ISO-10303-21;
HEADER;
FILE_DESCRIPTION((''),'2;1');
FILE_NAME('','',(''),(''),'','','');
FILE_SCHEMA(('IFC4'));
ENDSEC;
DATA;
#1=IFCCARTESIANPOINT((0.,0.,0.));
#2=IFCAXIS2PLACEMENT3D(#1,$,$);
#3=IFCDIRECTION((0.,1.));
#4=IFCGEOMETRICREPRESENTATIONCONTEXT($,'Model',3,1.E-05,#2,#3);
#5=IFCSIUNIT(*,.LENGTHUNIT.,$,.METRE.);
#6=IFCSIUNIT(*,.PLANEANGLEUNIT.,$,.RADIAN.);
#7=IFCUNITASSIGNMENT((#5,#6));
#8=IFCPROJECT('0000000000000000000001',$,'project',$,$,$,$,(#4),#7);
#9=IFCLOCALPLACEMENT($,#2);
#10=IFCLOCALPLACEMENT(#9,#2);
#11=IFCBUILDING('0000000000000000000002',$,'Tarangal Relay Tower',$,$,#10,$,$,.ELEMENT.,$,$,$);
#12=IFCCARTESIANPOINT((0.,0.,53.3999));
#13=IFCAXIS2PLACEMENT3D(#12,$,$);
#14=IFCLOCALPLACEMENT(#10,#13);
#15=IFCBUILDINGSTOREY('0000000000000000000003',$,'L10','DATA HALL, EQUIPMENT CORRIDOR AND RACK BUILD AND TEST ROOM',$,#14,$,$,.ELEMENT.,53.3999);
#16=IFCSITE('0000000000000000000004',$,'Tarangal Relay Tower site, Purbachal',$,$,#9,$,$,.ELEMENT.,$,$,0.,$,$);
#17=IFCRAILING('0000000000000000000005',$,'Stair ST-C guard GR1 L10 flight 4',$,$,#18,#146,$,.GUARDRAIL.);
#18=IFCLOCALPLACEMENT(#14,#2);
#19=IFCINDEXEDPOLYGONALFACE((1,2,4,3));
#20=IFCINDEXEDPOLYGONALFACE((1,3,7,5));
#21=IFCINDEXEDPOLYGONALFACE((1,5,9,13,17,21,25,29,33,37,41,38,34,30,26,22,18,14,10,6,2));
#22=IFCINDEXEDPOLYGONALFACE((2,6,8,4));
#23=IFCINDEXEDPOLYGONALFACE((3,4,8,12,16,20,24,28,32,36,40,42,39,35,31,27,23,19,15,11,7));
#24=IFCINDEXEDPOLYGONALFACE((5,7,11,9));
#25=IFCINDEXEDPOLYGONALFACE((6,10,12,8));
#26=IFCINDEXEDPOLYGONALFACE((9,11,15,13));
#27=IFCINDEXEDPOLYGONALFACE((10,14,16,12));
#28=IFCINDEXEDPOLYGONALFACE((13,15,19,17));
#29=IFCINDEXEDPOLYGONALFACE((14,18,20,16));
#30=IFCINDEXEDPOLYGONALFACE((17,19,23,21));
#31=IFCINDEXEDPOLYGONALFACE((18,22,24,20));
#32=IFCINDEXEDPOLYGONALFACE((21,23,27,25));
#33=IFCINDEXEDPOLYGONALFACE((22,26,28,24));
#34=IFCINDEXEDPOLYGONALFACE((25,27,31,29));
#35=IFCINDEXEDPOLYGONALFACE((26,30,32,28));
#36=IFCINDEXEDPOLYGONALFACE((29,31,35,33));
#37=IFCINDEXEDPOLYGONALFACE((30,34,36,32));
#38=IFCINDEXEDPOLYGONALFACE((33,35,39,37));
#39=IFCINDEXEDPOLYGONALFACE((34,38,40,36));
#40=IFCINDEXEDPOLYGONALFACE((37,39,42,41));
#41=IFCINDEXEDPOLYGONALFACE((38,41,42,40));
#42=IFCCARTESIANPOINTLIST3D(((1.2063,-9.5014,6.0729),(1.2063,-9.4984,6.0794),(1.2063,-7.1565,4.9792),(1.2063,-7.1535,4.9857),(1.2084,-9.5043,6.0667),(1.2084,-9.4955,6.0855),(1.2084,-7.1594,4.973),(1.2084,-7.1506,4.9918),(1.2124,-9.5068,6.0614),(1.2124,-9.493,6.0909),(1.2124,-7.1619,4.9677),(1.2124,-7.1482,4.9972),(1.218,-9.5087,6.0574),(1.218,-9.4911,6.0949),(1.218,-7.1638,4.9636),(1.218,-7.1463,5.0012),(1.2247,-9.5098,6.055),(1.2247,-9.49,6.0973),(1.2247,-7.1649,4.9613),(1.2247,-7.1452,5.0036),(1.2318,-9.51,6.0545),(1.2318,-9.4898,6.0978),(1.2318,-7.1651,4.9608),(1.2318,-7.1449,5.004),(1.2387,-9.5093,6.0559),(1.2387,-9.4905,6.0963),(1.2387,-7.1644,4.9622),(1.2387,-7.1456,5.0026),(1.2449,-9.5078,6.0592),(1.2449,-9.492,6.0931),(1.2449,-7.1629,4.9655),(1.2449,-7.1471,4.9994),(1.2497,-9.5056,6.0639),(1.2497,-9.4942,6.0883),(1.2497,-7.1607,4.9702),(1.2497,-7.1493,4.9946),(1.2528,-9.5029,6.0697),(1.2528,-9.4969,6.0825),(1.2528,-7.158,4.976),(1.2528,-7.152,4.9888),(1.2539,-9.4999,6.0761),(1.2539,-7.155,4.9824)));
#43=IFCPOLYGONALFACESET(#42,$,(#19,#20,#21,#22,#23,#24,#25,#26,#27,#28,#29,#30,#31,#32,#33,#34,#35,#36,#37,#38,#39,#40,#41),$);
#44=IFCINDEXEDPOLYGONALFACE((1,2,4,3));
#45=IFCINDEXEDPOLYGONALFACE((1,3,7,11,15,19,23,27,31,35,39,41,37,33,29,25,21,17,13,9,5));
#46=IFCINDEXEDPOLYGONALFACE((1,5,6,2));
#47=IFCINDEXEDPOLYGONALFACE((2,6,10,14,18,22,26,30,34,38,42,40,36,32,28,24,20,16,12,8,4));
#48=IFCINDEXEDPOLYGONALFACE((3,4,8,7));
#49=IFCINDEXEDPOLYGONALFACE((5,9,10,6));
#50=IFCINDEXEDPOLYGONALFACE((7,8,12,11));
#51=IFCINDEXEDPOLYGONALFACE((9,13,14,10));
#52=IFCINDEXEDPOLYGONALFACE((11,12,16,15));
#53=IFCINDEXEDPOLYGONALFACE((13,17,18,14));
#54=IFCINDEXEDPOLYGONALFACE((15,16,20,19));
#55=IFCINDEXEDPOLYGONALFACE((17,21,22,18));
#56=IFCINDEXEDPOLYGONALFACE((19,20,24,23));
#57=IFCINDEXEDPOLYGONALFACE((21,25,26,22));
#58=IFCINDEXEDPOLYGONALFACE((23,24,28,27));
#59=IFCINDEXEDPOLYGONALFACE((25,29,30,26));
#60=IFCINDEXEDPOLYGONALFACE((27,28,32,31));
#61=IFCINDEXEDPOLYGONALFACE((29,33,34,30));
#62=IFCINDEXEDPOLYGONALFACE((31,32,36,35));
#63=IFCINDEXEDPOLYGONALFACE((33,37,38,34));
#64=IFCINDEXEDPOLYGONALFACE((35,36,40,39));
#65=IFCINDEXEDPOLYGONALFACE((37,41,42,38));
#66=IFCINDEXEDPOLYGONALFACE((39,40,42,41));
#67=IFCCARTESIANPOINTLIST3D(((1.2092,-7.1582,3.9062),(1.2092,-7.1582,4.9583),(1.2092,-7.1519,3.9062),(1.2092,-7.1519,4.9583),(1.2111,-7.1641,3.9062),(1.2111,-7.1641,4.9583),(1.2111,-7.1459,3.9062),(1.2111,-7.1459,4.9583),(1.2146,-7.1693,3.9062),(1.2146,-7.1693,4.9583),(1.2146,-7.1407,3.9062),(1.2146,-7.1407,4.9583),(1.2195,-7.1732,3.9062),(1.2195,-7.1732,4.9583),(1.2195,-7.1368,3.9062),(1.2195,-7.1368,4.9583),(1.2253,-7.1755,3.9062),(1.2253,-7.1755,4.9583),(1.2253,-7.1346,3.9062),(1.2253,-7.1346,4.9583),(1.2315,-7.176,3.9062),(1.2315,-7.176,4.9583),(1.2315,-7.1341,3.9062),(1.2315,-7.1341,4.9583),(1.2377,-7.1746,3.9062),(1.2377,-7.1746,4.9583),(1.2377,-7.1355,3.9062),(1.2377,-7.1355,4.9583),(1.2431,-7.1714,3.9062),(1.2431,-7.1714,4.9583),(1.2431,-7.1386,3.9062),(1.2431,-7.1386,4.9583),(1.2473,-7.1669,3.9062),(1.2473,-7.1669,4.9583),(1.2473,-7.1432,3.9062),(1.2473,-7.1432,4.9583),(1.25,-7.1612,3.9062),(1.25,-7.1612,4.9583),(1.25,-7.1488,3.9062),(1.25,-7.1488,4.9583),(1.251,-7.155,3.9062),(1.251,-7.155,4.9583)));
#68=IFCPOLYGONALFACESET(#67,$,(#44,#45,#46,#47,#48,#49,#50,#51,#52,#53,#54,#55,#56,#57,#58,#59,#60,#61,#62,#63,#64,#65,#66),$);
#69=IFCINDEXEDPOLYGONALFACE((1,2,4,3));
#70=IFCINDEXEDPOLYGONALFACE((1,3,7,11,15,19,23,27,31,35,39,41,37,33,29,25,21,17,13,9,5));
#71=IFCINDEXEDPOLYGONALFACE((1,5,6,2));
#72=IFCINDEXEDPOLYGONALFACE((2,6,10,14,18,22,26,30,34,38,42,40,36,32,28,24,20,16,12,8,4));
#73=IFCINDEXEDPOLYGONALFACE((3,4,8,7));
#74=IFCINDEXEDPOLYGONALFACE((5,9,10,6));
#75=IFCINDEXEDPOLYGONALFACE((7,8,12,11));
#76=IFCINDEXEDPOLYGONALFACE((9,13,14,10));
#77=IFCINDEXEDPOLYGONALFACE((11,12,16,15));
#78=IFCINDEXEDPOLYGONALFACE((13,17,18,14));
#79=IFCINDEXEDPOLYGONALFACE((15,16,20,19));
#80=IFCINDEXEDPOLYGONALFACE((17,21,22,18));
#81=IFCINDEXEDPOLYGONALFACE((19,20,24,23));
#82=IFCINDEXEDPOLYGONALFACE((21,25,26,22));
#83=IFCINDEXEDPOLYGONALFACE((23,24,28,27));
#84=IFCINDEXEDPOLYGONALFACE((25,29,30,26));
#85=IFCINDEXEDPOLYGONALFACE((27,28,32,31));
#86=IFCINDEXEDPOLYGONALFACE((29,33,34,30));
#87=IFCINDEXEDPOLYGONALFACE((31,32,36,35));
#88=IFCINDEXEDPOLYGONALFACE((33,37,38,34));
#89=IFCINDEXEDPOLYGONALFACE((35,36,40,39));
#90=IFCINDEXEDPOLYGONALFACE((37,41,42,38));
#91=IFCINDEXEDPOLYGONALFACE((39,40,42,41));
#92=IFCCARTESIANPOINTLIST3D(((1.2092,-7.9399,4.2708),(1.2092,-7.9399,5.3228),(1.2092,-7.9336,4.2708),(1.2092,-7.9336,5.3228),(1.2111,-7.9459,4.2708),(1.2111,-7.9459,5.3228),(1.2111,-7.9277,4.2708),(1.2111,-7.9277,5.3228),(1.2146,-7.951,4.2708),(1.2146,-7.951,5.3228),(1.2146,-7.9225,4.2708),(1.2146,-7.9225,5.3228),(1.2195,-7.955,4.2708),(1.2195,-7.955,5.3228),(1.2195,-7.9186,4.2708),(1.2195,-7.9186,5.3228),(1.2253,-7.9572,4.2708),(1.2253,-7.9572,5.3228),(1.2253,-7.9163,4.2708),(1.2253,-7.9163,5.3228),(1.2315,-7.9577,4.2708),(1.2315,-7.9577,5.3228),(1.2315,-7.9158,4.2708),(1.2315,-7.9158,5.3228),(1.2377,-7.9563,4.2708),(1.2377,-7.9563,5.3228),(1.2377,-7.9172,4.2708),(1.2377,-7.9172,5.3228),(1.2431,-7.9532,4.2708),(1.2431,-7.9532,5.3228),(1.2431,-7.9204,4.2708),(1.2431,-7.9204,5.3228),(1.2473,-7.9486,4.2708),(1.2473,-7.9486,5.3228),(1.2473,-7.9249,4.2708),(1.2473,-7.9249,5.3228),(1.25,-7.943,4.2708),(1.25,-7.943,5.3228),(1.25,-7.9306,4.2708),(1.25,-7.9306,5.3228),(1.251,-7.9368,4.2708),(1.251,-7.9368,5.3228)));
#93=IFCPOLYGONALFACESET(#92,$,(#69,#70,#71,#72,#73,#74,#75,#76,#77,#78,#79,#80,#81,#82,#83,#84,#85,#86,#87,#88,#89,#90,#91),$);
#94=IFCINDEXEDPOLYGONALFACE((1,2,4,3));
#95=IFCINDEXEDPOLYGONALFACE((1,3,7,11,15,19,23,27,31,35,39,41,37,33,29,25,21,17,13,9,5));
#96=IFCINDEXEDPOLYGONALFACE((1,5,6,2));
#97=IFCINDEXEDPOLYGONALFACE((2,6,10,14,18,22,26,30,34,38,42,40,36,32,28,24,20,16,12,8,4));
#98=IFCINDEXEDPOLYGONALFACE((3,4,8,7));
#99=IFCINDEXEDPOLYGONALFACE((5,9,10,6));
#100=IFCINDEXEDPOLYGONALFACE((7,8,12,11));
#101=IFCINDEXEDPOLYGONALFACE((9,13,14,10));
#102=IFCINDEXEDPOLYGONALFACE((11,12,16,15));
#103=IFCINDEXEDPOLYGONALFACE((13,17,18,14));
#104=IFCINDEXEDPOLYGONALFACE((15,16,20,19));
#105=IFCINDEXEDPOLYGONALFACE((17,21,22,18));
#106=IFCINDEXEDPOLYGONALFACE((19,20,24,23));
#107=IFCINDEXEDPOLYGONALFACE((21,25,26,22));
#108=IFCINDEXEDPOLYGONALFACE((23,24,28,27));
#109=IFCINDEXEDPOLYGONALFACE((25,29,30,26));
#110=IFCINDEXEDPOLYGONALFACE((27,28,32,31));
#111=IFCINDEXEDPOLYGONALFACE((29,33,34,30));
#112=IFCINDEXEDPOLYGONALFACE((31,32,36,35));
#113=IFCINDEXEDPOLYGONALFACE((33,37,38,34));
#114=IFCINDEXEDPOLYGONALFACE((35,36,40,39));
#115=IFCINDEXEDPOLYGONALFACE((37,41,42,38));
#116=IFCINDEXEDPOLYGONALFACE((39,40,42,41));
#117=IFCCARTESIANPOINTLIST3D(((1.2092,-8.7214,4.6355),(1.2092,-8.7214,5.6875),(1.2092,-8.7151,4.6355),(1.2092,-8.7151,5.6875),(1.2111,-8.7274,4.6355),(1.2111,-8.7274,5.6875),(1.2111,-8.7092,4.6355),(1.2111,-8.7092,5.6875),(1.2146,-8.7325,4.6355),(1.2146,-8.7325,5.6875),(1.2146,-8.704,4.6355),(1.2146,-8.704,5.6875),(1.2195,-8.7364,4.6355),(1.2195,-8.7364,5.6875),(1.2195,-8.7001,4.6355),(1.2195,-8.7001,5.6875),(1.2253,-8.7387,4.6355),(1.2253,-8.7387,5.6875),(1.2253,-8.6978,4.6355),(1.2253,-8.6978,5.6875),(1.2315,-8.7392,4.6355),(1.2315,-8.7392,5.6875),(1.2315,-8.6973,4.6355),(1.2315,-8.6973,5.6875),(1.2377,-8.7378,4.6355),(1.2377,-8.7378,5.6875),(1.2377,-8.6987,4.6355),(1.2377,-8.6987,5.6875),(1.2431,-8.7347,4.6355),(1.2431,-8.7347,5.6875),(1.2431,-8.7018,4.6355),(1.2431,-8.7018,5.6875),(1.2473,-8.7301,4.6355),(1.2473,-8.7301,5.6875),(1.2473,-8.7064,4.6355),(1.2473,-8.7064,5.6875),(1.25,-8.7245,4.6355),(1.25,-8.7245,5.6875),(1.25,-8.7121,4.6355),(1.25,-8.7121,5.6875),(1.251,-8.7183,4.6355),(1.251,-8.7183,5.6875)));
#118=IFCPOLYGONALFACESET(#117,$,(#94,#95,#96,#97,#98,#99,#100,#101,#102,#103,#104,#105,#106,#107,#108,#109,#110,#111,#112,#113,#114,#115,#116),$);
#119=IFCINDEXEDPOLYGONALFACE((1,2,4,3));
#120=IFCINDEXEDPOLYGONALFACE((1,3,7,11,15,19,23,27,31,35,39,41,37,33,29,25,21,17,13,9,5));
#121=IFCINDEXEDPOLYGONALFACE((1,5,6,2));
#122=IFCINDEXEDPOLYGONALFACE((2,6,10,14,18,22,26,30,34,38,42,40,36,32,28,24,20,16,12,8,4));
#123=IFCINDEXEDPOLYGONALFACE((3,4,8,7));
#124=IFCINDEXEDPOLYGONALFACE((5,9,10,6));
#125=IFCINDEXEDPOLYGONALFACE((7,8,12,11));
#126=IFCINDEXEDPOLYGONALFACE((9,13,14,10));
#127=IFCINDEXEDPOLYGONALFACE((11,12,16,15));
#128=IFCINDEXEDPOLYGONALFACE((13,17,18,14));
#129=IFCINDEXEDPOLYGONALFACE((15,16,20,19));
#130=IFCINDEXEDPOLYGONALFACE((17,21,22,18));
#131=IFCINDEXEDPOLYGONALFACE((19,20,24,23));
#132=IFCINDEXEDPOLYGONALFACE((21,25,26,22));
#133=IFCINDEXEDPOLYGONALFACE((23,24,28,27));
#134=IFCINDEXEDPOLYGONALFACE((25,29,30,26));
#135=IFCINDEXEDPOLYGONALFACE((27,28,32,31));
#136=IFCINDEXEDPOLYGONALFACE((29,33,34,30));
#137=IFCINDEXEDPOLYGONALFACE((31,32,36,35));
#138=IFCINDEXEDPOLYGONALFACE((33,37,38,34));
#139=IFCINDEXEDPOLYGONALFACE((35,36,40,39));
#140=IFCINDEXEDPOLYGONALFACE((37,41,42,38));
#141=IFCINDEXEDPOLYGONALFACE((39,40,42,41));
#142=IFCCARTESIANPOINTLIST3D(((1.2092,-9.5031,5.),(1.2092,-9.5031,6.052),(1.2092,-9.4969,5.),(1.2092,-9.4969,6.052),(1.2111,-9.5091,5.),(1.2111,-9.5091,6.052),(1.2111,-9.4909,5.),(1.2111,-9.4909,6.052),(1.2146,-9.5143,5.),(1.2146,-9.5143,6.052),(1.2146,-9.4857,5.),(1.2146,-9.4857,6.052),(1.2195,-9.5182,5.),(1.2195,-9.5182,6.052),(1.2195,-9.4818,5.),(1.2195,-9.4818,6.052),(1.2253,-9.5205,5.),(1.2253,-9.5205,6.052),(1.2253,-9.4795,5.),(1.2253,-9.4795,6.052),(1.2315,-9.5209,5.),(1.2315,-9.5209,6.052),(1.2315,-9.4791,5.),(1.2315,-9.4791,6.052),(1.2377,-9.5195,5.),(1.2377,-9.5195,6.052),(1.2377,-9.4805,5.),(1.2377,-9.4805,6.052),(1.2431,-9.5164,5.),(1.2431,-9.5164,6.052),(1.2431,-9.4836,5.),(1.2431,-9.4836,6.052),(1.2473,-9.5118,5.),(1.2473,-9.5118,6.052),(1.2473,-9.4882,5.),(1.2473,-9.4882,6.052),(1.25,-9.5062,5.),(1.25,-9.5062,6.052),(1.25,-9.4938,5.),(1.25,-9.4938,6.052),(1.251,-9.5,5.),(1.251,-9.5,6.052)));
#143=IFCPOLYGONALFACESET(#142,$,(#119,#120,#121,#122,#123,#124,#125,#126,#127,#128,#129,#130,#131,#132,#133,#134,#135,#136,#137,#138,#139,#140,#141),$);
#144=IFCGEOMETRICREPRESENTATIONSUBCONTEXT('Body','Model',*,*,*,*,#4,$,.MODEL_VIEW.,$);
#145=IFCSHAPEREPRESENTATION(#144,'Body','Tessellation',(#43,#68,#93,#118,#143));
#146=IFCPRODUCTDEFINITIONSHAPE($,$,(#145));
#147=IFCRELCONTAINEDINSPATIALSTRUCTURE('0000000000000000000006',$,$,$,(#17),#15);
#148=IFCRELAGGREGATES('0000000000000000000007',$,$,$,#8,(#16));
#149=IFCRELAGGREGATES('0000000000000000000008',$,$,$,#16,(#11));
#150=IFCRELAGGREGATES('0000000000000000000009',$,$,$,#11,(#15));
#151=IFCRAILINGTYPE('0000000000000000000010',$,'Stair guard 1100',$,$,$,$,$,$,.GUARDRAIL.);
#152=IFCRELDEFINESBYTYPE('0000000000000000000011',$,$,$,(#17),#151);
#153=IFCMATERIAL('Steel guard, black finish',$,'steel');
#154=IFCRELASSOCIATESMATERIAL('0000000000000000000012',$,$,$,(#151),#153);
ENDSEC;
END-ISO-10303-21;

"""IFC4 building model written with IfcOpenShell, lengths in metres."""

from ifc_helpers import new_model, si_unit, direction, frame, origin, origin_2d, place, context, subcontext, project, spatial, circle, extrude, material, type_object, element, save


model = new_model("IFC4")

# Units and contexts
model_context = context("Model", 3, precision=1e-05, world=origin(), true_north=direction((0.0, 1.0)))
body_context = subcontext(model_context, "Body", "Model", "MODEL_VIEW")
ifc_project = project(units=[si_unit("LENGTHUNIT", "METRE"), si_unit("PLANEANGLEUNIT", "RADIAN")], contexts=[model_context])

# Site, building, storey
site_placement = place(None, origin())
site = spatial("IfcSite", under=ifc_project, at=site_placement, Name="Tarangal Relay Tower site, Purbachal", CompositionType="ELEMENT", RefElevation=0.0)
building_placement = place(site_placement, origin())
building = spatial("IfcBuilding", under=site, at=building_placement, Name="Tarangal Relay Tower", CompositionType="ELEMENT")
storey_placement = place(building_placement, frame((0.0, 0.0, 53.3999)))
storey = spatial("IfcBuildingStorey", under=building, at=storey_placement, Name="L10", Description="DATA HALL, EQUIPMENT CORRIDOR AND RACK BUILD AND TEST ROOM", CompositionType="ELEMENT", Elevation=53.3999)

# Railing
ifc_material_1 = material(Name="Steel guard, black finish", Category="steel")
railing_type_1 = type_object("IfcRailingType", Name="Stair guard 1100", PredefinedType="GUARDRAIL", material=ifc_material_1)
for number, where, name in (
    (1, (1.23, -7.155, 3.9062), "Stair ST-C guard GR1 L10 flight 4"),
):
    element("IfcRailing", number, at=place(storey_placement, frame(where)), inside=storey, type_object=railing_type_1, Name=name, PredefinedType="GUARDRAIL", context=body_context, shape_type="SweptSolid", body=[
        extrude(circle(Radius=0.0239, at=origin_2d()), frame((0.0, 0.0, 1.0762), z_axis=(0.0, -0.906267, 0.422705), x_axis=(1.0, 0.0, 0.0)), (0.0, 0.0, 1.0), 2.5874),
        extrude(circle(Radius=0.021, at=origin_2d()), origin(), (0.0, 0.0, 1.0), 1.052),
        extrude(circle(Radius=0.021, at=origin_2d()), frame((0.0, -0.7817, 0.3645)), (0.0, 0.0, 1.0), 1.052),
        extrude(circle(Radius=0.021, at=origin_2d()), frame((0.0, -1.5632, 0.7292)), (0.0, 0.0, 1.0), 1.052),
        extrude(circle(Radius=0.021, at=origin_2d()), frame((0.0, -2.345, 1.0938)), (0.0, 0.0, 1.0), 1.052),
    ])

save(model, "model.ifc")
